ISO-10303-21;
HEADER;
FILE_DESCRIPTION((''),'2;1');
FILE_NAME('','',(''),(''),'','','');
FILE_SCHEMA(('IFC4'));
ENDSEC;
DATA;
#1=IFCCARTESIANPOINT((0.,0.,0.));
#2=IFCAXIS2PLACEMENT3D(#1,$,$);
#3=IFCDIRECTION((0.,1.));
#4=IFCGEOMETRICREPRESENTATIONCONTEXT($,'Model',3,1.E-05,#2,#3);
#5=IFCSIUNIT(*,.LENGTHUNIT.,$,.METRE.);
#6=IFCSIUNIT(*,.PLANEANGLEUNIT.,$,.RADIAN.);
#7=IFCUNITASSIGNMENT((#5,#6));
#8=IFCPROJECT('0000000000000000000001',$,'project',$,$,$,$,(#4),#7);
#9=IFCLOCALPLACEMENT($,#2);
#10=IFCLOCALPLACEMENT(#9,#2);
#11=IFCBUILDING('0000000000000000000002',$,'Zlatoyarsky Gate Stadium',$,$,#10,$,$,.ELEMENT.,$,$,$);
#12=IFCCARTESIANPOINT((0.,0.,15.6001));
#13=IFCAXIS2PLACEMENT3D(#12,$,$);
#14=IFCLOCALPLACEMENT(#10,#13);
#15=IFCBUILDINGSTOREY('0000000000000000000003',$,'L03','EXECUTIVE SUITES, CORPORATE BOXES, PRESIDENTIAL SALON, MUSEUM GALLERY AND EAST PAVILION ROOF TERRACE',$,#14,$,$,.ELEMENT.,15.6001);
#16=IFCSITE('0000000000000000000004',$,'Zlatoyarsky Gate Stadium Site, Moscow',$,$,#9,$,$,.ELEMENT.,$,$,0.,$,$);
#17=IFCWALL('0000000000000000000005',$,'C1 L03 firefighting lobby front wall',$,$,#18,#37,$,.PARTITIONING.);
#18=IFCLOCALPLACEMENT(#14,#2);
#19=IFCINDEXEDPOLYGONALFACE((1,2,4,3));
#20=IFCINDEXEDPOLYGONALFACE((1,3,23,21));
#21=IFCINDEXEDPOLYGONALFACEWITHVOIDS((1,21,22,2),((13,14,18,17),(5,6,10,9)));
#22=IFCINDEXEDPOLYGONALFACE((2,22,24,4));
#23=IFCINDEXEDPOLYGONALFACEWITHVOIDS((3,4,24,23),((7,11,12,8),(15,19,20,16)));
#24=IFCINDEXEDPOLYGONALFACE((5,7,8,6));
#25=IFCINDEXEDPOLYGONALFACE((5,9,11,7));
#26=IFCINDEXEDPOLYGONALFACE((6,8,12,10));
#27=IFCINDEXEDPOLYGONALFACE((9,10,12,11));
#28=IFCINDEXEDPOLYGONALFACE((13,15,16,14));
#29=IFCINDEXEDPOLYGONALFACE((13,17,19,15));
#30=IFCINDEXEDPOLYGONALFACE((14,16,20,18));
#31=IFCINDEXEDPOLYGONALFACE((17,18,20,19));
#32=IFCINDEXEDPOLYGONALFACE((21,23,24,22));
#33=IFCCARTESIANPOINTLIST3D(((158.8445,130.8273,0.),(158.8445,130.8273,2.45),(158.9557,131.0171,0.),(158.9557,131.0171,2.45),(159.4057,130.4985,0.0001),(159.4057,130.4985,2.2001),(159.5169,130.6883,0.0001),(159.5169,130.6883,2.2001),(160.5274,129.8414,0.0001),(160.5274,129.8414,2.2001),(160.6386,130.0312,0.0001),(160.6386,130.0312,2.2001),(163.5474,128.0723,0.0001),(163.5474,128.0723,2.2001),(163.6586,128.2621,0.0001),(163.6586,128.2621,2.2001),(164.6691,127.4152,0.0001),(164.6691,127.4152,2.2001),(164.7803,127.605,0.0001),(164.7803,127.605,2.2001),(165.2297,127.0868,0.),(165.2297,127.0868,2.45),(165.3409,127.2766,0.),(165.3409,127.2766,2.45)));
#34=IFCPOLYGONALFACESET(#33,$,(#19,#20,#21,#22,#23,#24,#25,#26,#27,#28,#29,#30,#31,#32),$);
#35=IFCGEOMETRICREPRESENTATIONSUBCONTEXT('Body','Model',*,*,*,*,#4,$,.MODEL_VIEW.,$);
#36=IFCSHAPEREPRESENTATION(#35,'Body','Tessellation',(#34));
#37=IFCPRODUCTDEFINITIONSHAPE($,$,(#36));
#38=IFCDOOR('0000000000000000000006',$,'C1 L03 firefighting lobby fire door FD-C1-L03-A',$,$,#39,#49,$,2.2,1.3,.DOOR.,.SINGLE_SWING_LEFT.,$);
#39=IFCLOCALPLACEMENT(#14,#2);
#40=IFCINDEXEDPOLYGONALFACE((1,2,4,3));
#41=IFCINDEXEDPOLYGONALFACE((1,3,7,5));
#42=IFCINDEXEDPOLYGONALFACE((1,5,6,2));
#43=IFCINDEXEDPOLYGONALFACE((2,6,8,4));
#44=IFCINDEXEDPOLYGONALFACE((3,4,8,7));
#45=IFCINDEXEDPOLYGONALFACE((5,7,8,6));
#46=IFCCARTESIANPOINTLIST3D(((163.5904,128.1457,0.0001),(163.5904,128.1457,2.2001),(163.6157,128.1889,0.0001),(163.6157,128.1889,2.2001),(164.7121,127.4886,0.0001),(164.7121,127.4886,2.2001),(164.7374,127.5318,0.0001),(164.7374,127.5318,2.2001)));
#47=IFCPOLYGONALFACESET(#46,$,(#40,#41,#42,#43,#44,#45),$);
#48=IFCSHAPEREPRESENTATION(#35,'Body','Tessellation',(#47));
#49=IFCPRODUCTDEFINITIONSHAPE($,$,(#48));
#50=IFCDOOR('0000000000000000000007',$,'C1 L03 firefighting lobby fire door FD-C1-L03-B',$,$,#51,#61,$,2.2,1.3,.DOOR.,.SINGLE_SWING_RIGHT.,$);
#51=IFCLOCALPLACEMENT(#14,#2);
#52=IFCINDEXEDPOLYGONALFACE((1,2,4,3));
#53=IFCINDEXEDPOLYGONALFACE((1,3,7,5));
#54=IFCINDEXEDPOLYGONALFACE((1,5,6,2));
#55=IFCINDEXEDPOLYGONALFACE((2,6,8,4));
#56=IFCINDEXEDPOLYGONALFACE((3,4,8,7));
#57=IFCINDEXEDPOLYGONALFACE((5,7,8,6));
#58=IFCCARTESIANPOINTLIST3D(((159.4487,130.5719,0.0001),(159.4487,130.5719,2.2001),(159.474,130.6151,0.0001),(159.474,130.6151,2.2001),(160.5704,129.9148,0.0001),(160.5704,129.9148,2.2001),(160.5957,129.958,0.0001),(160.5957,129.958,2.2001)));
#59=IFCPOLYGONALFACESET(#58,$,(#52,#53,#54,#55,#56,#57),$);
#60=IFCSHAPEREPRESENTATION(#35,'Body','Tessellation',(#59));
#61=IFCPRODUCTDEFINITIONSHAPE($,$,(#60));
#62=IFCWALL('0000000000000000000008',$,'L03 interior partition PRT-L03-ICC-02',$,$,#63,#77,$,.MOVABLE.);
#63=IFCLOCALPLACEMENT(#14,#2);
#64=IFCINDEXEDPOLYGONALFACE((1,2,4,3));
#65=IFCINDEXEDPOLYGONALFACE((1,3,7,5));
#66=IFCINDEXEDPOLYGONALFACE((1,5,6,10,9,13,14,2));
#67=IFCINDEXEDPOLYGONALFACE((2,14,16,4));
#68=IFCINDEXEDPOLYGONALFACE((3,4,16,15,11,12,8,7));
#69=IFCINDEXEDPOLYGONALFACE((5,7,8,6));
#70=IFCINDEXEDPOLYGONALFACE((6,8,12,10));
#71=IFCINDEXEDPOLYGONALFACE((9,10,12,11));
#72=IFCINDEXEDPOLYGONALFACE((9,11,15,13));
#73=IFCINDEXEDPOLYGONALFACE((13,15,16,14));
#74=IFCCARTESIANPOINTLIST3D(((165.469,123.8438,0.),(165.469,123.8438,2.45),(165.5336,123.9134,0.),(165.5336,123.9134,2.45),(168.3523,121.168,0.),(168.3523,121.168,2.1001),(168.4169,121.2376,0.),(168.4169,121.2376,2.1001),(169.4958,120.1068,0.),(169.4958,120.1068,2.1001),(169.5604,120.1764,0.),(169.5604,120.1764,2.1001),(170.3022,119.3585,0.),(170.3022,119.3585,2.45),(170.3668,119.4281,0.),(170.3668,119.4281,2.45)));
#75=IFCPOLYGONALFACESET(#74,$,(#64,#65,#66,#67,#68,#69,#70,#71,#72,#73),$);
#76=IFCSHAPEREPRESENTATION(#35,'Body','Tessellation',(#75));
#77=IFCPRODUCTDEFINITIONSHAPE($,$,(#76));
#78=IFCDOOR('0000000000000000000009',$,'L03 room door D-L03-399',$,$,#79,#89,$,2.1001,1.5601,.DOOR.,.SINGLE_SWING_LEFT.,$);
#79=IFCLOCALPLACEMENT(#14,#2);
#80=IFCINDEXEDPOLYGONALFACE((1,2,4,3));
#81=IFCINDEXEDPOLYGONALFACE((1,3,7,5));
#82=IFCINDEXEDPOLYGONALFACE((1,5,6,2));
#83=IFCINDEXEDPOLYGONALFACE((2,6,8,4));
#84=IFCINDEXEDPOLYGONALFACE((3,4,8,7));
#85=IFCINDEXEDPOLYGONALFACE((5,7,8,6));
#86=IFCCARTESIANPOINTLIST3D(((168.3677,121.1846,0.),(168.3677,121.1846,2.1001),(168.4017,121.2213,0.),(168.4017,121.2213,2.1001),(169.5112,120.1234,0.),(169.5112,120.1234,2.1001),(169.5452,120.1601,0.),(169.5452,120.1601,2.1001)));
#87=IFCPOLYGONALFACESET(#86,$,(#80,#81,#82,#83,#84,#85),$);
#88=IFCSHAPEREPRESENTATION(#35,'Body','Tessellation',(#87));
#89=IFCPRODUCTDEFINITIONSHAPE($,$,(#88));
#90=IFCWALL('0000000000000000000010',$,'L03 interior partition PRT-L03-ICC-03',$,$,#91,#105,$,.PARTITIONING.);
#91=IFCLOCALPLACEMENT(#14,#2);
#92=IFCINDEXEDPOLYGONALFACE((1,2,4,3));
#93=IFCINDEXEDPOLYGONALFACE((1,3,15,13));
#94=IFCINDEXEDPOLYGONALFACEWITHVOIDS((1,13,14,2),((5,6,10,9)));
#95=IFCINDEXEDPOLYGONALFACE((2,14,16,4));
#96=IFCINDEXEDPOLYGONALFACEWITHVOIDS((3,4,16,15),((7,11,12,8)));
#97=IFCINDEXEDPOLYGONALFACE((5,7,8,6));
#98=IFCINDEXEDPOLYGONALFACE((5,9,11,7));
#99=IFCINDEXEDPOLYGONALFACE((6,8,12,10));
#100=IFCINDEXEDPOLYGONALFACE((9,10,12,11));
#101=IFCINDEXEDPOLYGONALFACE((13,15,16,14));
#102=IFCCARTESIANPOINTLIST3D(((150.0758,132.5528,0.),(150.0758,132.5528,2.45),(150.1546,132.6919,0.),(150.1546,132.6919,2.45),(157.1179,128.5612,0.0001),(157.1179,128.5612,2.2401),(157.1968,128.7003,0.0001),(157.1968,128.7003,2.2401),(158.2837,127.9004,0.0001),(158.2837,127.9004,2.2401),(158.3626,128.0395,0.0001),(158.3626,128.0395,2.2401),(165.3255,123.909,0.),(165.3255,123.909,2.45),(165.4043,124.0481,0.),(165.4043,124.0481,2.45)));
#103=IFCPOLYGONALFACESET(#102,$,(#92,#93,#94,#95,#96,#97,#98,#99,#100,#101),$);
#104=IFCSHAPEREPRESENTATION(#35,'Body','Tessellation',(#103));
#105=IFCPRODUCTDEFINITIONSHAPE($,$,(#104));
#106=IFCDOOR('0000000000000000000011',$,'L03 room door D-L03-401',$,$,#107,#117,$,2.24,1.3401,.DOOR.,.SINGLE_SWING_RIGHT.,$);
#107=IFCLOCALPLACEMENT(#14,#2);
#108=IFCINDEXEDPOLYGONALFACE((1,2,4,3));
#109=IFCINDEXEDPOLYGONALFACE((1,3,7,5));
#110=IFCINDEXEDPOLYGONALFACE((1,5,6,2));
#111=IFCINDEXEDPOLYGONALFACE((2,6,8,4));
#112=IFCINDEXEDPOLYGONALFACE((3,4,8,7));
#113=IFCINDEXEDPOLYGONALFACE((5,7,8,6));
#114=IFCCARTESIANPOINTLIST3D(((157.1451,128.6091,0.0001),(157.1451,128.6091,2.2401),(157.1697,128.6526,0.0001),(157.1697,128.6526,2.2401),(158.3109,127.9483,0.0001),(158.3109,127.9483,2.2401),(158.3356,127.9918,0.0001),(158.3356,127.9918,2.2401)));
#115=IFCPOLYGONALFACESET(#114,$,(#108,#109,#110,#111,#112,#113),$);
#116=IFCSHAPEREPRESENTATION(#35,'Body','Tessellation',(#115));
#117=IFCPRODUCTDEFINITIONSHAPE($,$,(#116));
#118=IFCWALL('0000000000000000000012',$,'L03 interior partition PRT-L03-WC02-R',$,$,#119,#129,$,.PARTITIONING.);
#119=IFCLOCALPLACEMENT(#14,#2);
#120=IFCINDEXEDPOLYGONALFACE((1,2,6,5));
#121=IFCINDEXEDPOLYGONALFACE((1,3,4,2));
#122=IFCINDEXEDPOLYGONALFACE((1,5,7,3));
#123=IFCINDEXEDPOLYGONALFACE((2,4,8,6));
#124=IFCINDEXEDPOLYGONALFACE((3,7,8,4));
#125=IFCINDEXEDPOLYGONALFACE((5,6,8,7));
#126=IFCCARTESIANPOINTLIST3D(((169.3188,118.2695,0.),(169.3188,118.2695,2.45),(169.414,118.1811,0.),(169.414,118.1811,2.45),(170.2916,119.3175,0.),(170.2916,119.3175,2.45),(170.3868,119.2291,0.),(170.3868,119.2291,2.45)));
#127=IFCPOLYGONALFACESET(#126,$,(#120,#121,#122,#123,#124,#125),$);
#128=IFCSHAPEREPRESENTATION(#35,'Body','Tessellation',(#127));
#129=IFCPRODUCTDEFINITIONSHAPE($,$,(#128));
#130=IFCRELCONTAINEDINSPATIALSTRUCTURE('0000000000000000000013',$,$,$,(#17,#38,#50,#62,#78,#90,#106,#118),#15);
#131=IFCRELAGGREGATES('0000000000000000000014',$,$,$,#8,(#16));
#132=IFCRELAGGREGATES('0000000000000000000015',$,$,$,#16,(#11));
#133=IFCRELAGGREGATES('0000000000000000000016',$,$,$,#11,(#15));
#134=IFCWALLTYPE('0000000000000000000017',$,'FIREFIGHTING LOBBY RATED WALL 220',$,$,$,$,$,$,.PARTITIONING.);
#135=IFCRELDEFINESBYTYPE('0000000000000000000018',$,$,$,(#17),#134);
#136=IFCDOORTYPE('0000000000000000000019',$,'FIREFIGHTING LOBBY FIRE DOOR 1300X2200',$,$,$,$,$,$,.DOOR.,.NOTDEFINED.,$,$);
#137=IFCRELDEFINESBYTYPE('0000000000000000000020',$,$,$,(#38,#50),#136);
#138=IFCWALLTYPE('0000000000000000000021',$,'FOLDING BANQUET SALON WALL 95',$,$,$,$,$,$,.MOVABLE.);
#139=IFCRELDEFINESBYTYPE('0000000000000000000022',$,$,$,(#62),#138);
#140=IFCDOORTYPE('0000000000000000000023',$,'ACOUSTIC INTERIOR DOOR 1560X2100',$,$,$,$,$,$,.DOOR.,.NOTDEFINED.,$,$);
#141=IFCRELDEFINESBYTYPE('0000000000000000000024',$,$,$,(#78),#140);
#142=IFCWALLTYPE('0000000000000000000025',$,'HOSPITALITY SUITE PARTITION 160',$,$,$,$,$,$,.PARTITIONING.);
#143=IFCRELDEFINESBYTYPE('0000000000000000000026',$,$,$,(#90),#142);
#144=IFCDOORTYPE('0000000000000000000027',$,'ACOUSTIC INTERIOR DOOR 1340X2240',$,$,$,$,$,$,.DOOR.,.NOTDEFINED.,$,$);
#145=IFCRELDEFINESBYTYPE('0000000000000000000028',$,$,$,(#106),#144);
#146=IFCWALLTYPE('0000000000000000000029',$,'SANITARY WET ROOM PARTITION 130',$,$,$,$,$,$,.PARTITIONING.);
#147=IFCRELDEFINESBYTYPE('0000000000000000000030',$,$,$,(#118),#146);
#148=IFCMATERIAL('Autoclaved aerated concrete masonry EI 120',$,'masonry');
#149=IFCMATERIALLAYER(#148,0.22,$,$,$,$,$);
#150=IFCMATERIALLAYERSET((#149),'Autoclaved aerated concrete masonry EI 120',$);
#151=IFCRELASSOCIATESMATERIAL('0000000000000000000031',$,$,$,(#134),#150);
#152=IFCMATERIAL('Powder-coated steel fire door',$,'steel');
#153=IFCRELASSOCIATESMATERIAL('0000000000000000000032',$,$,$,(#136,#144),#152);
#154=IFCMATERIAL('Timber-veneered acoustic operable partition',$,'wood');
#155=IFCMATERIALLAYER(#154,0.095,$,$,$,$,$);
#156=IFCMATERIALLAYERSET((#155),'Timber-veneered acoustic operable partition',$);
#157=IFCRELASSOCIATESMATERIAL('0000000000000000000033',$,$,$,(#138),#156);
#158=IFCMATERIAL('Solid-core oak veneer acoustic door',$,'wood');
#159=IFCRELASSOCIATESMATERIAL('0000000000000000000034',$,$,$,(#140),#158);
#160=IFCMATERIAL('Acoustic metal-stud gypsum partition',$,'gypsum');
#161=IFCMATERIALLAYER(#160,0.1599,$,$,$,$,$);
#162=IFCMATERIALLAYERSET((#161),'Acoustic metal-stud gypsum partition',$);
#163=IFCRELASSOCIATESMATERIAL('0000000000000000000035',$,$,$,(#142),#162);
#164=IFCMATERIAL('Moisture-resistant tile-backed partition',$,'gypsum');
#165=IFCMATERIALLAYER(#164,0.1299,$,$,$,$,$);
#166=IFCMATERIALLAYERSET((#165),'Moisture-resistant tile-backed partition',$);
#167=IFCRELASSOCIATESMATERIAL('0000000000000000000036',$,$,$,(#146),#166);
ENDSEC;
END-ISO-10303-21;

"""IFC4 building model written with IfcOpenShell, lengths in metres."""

from ifc_helpers import new_model, si_unit, direction, frame, frame_2d, origin, place, context, subcontext, project, spatial, rectangle, extrude, material, layer, layer_set, type_object, element, fill, save


model = new_model("IFC4")

# Units and contexts
model_context = context("Model", 3, precision=1e-05, world=origin(), true_north=direction((0.0, 1.0)))
body_context = subcontext(model_context, "Body", "Model", "MODEL_VIEW")
ifc_project = project(units=[si_unit("LENGTHUNIT", "METRE"), si_unit("PLANEANGLEUNIT", "RADIAN")], contexts=[model_context])

# Site, building, storey
site_placement = place(None, origin())
site = spatial("IfcSite", under=ifc_project, at=site_placement, Name="Zlatoyarsky Gate Stadium Site, Moscow", CompositionType="ELEMENT", RefElevation=0.0)
building_placement = place(site_placement, origin())
building = spatial("IfcBuilding", under=site, at=building_placement, Name="Zlatoyarsky Gate Stadium", CompositionType="ELEMENT")
storey_placement = place(building_placement, frame((0.0, 0.0, 15.6001)))
storey = spatial("IfcBuildingStorey", under=building, at=storey_placement, Name="L03", Description="EXECUTIVE SUITES, CORPORATE BOXES, PRESIDENTIAL SALON, MUSEUM GALLERY AND EAST PAVILION ROOF TERRACE", CompositionType="ELEMENT", Elevation=15.6001)

# Shared definitions
ifc_material_1 = material(Name="Powder-coated steel fire door", Category="steel")

# Shared definitions
ifc_material_2 = material(Name="Autoclaved aerated concrete masonry EI 120", Category="masonry")
ifc_layer_1 = layer(ifc_material_2, 0.22)
ifc_layer_set_1 = layer_set([ifc_layer_1], Name="Autoclaved aerated concrete masonry EI 120")
wall_type_1 = type_object("IfcWallType", Name="FIREFIGHTING LOBBY RATED WALL 220", PredefinedType="PARTITIONING", material=ifc_layer_set_1)

# Wall, openings, doors
wall_1_placement = place(storey_placement, frame((165.2854, 127.1816, 0.0), z_axis=(0.0, 0.0, 1.0), x_axis=(-0.862851, 0.505458, 0.0)))
wall_1 = element("IfcWall", 1, at=wall_1_placement, inside=storey, type_object=wall_type_1, Name="C1 L03 firefighting lobby front wall", PredefinedType="PARTITIONING", context=body_context, shape_type="SweptSolid", body=[
    extrude(rectangle(XDim=7.4001, YDim=0.22, at=frame_2d((3.7002, 0.0))), origin(), (0.0, 0.0, 1.0), 2.45),
])
opening_1_placement = place(wall_1_placement, frame((0.6499, 0.0, 0.0)))
opening_1 = element("IfcOpeningElement", 2, at=opening_1_placement, cuts=wall_1, PredefinedType="OPENING", context=body_context, shape_type="SweptSolid", body=[
    extrude(rectangle(XDim=1.3, YDim=2.2, at=frame_2d((0.6499, 1.1001))), frame((0.0, 0.1199, 0.0), z_axis=(0.0, -1.0, 0.0), x_axis=(1.0, 0.0, 0.0)), (0.0, 0.0, 1.0), 0.24),
])
opening_2_placement = place(wall_1_placement, frame((5.45, 0.0, 0.0)))
opening_2 = element("IfcOpeningElement", 3, at=opening_2_placement, cuts=wall_1, PredefinedType="OPENING", context=body_context, shape_type="SweptSolid", body=[
    extrude(rectangle(XDim=1.3, YDim=2.2, at=frame_2d((0.6499, 1.1001))), frame((0.0, 0.1199, 0.0), z_axis=(0.0, -1.0, 0.0), x_axis=(1.0, 0.0, 0.0)), (0.0, 0.0, 1.0), 0.24),
])
door_type_1 = type_object("IfcDoorType", Name="FIREFIGHTING LOBBY FIRE DOOR 1300X2200", OperationType="NOTDEFINED", PredefinedType="DOOR", material=ifc_material_1)
door_1_placement = place(opening_1_placement, origin())
door_1 = element("IfcDoor", 4, at=door_1_placement, inside=storey, type_object=door_type_1, Name="C1 L03 firefighting lobby fire door FD-C1-L03-A", OperationType="SINGLE_SWING_LEFT", OverallHeight=2.2, OverallWidth=1.3, PredefinedType="DOOR", context=body_context, shape_type="SweptSolid", body=[
    extrude(rectangle(XDim=1.3, YDim=2.2, at=frame_2d((0.6499, 1.1001))), frame((0.0, 0.0249, 0.0), z_axis=(0.0, -1.0, 0.0), x_axis=(1.0, 0.0, 0.0)), (0.0, 0.0, 1.0), 0.05),
])
fill(opening_1, door_1)
door_2_placement = place(opening_2_placement, origin())
door_2 = element("IfcDoor", 5, at=door_2_placement, inside=storey, type_object=door_type_1, Name="C1 L03 firefighting lobby fire door FD-C1-L03-B", OperationType="SINGLE_SWING_RIGHT", OverallHeight=2.2, OverallWidth=1.3, PredefinedType="DOOR", context=body_context, shape_type="SweptSolid", body=[
    extrude(rectangle(XDim=1.3, YDim=2.2, at=frame_2d((0.6499, 1.1001))), frame((0.0, 0.0249, 0.0), z_axis=(0.0, -1.0, 0.0), x_axis=(1.0, 0.0, 0.0)), (0.0, 0.0, 1.0), 0.05),
])
fill(opening_2, door_2)

# Walls, openings, doors
ifc_material_3 = material(Name="Timber-veneered acoustic operable partition", Category="wood")
ifc_layer_2 = layer(ifc_material_3, 0.095)
ifc_layer_set_2 = layer_set([ifc_layer_2], Name="Timber-veneered acoustic operable partition")
wall_type_2 = type_object("IfcWallType", Name="FOLDING BANQUET SALON WALL 95", PredefinedType="MOVABLE", material=ifc_layer_set_2)
wall_2_placement = place(storey_placement, frame((170.3345, 119.3933, 0.0), z_axis=(0.0, 0.0, 1.0), x_axis=(-0.732995, 0.680234, 0.0)))
wall_2 = element("IfcWall", 6, at=wall_2_placement, inside=storey, type_object=wall_type_2, Name="L03 interior partition PRT-L03-ICC-02", PredefinedType="MOVABLE", context=body_context, shape_type="SweptSolid", body=[
    extrude(rectangle(XDim=6.5938, YDim=0.095, at=frame_2d((3.2969, 0.0))), origin(), (0.0, 0.0, 1.0), 2.45),
])
opening_3_placement = place(wall_2_placement, frame((1.1001, 0.0, 0.0)))
opening_3 = element("IfcOpeningElement", 7, at=opening_3_placement, cuts=wall_2, PredefinedType="OPENING", context=body_context, shape_type="SweptSolid", body=[
    extrude(rectangle(XDim=1.5601, YDim=2.1001, at=frame_2d((0.78, 1.05))), frame((0.0, 0.0574, 0.0), z_axis=(0.0, -1.0, 0.0), x_axis=(1.0, 0.0, 0.0)), (0.0, 0.0, 1.0), 0.115),
])
ifc_material_4 = material(Name="Solid-core oak veneer acoustic door", Category="wood")
door_type_2 = type_object("IfcDoorType", Name="ACOUSTIC INTERIOR DOOR 1560X2100", OperationType="NOTDEFINED", PredefinedType="DOOR", material=ifc_material_4)
door_3_placement = place(opening_3_placement, origin())
door_3 = element("IfcDoor", 8, at=door_3_placement, inside=storey, type_object=door_type_2, Name="L03 room door D-L03-399", OperationType="SINGLE_SWING_LEFT", OverallHeight=2.1001, OverallWidth=1.5601, PredefinedType="DOOR", context=body_context, shape_type="SweptSolid", body=[
    extrude(rectangle(XDim=1.5601, YDim=2.1001, at=frame_2d((0.78, 1.05))), frame((0.0, 0.0249, 0.0), z_axis=(0.0, -1.0, 0.0), x_axis=(1.0, 0.0, 0.0)), (0.0, 0.0, 1.0), 0.05),
])
fill(opening_3, door_3)
ifc_material_5 = material(Name="Acoustic metal-stud gypsum partition", Category="gypsum")
ifc_layer_3 = layer(ifc_material_5, 0.1599)
ifc_layer_set_3 = layer_set([ifc_layer_3], Name="Acoustic metal-stud gypsum partition")
wall_type_3 = type_object("IfcWallType", Name="HOSPITALITY SUITE PARTITION 160", PredefinedType="PARTITIONING", material=ifc_layer_set_3)
wall_3_placement = place(storey_placement, frame((165.365, 123.9785, 0.0), z_axis=(0.0, 0.0, 1.0), x_axis=(-0.869967, 0.493111, 0.0)))
wall_3 = element("IfcWall", 9, at=wall_3_placement, inside=storey, type_object=wall_type_3, Name="L03 interior partition PRT-L03-ICC-03", PredefinedType="PARTITIONING", context=body_context, shape_type="SweptSolid", body=[
    extrude(rectangle(XDim=17.5291, YDim=0.1599, at=frame_2d((8.7646, 0.0))), origin(), (0.0, 0.0, 1.0), 2.45),
])
opening_4_placement = place(wall_3_placement, frame((8.0945, 0.0, 0.0)))
opening_4 = element("IfcOpeningElement", 10, at=opening_4_placement, cuts=wall_3, PredefinedType="OPENING", context=body_context, shape_type="SweptSolid", body=[
    extrude(rectangle(XDim=1.3401, YDim=2.24, at=frame_2d((0.6699, 1.1201))), frame((0.0, 0.0898, 0.0), z_axis=(0.0, -1.0, 0.0), x_axis=(1.0, 0.0, 0.0)), (0.0, 0.0, 1.0), 0.1799),
])
door_type_3 = type_object("IfcDoorType", Name="ACOUSTIC INTERIOR DOOR 1340X2240", OperationType="NOTDEFINED", PredefinedType="DOOR", material=ifc_material_1)
door_4_placement = place(opening_4_placement, origin())
door_4 = element("IfcDoor", 11, at=door_4_placement, inside=storey, type_object=door_type_3, Name="L03 room door D-L03-401", OperationType="SINGLE_SWING_RIGHT", OverallHeight=2.24, OverallWidth=1.3401, PredefinedType="DOOR", context=body_context, shape_type="SweptSolid", body=[
    extrude(rectangle(XDim=1.3401, YDim=2.24, at=frame_2d((0.6699, 1.1201))), frame((0.0, 0.0249, 0.0), z_axis=(0.0, -1.0, 0.0), x_axis=(1.0, 0.0, 0.0)), (0.0, 0.0, 1.0), 0.05),
])
fill(opening_4, door_4)

# Wall
ifc_material_6 = material(Name="Moisture-resistant tile-backed partition", Category="gypsum")
ifc_layer_4 = layer(ifc_material_6, 0.1299)
ifc_layer_set_4 = layer_set([ifc_layer_4], Name="Moisture-resistant tile-backed partition")
wall_type_4 = type_object("IfcWallType", Name="SANITARY WET ROOM PARTITION 130", PredefinedType="PARTITIONING", material=ifc_layer_set_4)
wall_4_placement = place(storey_placement, frame((170.3391, 119.2732, 0.0), z_axis=(0.0, 0.0, 1.0), x_axis=(-0.680327, -0.732909, 0.0)))
element("IfcWall", 12, at=wall_4_placement, inside=storey, type_object=wall_type_4, Name="L03 interior partition PRT-L03-WC02-R", PredefinedType="PARTITIONING", context=body_context, shape_type="SweptSolid", body=[
    extrude(rectangle(XDim=1.4299, YDim=0.1299, at=frame_2d((0.7148, 0.0))), origin(), (0.0, 0.0, 1.0), 2.45),
])

save(model, "model.ifc")
